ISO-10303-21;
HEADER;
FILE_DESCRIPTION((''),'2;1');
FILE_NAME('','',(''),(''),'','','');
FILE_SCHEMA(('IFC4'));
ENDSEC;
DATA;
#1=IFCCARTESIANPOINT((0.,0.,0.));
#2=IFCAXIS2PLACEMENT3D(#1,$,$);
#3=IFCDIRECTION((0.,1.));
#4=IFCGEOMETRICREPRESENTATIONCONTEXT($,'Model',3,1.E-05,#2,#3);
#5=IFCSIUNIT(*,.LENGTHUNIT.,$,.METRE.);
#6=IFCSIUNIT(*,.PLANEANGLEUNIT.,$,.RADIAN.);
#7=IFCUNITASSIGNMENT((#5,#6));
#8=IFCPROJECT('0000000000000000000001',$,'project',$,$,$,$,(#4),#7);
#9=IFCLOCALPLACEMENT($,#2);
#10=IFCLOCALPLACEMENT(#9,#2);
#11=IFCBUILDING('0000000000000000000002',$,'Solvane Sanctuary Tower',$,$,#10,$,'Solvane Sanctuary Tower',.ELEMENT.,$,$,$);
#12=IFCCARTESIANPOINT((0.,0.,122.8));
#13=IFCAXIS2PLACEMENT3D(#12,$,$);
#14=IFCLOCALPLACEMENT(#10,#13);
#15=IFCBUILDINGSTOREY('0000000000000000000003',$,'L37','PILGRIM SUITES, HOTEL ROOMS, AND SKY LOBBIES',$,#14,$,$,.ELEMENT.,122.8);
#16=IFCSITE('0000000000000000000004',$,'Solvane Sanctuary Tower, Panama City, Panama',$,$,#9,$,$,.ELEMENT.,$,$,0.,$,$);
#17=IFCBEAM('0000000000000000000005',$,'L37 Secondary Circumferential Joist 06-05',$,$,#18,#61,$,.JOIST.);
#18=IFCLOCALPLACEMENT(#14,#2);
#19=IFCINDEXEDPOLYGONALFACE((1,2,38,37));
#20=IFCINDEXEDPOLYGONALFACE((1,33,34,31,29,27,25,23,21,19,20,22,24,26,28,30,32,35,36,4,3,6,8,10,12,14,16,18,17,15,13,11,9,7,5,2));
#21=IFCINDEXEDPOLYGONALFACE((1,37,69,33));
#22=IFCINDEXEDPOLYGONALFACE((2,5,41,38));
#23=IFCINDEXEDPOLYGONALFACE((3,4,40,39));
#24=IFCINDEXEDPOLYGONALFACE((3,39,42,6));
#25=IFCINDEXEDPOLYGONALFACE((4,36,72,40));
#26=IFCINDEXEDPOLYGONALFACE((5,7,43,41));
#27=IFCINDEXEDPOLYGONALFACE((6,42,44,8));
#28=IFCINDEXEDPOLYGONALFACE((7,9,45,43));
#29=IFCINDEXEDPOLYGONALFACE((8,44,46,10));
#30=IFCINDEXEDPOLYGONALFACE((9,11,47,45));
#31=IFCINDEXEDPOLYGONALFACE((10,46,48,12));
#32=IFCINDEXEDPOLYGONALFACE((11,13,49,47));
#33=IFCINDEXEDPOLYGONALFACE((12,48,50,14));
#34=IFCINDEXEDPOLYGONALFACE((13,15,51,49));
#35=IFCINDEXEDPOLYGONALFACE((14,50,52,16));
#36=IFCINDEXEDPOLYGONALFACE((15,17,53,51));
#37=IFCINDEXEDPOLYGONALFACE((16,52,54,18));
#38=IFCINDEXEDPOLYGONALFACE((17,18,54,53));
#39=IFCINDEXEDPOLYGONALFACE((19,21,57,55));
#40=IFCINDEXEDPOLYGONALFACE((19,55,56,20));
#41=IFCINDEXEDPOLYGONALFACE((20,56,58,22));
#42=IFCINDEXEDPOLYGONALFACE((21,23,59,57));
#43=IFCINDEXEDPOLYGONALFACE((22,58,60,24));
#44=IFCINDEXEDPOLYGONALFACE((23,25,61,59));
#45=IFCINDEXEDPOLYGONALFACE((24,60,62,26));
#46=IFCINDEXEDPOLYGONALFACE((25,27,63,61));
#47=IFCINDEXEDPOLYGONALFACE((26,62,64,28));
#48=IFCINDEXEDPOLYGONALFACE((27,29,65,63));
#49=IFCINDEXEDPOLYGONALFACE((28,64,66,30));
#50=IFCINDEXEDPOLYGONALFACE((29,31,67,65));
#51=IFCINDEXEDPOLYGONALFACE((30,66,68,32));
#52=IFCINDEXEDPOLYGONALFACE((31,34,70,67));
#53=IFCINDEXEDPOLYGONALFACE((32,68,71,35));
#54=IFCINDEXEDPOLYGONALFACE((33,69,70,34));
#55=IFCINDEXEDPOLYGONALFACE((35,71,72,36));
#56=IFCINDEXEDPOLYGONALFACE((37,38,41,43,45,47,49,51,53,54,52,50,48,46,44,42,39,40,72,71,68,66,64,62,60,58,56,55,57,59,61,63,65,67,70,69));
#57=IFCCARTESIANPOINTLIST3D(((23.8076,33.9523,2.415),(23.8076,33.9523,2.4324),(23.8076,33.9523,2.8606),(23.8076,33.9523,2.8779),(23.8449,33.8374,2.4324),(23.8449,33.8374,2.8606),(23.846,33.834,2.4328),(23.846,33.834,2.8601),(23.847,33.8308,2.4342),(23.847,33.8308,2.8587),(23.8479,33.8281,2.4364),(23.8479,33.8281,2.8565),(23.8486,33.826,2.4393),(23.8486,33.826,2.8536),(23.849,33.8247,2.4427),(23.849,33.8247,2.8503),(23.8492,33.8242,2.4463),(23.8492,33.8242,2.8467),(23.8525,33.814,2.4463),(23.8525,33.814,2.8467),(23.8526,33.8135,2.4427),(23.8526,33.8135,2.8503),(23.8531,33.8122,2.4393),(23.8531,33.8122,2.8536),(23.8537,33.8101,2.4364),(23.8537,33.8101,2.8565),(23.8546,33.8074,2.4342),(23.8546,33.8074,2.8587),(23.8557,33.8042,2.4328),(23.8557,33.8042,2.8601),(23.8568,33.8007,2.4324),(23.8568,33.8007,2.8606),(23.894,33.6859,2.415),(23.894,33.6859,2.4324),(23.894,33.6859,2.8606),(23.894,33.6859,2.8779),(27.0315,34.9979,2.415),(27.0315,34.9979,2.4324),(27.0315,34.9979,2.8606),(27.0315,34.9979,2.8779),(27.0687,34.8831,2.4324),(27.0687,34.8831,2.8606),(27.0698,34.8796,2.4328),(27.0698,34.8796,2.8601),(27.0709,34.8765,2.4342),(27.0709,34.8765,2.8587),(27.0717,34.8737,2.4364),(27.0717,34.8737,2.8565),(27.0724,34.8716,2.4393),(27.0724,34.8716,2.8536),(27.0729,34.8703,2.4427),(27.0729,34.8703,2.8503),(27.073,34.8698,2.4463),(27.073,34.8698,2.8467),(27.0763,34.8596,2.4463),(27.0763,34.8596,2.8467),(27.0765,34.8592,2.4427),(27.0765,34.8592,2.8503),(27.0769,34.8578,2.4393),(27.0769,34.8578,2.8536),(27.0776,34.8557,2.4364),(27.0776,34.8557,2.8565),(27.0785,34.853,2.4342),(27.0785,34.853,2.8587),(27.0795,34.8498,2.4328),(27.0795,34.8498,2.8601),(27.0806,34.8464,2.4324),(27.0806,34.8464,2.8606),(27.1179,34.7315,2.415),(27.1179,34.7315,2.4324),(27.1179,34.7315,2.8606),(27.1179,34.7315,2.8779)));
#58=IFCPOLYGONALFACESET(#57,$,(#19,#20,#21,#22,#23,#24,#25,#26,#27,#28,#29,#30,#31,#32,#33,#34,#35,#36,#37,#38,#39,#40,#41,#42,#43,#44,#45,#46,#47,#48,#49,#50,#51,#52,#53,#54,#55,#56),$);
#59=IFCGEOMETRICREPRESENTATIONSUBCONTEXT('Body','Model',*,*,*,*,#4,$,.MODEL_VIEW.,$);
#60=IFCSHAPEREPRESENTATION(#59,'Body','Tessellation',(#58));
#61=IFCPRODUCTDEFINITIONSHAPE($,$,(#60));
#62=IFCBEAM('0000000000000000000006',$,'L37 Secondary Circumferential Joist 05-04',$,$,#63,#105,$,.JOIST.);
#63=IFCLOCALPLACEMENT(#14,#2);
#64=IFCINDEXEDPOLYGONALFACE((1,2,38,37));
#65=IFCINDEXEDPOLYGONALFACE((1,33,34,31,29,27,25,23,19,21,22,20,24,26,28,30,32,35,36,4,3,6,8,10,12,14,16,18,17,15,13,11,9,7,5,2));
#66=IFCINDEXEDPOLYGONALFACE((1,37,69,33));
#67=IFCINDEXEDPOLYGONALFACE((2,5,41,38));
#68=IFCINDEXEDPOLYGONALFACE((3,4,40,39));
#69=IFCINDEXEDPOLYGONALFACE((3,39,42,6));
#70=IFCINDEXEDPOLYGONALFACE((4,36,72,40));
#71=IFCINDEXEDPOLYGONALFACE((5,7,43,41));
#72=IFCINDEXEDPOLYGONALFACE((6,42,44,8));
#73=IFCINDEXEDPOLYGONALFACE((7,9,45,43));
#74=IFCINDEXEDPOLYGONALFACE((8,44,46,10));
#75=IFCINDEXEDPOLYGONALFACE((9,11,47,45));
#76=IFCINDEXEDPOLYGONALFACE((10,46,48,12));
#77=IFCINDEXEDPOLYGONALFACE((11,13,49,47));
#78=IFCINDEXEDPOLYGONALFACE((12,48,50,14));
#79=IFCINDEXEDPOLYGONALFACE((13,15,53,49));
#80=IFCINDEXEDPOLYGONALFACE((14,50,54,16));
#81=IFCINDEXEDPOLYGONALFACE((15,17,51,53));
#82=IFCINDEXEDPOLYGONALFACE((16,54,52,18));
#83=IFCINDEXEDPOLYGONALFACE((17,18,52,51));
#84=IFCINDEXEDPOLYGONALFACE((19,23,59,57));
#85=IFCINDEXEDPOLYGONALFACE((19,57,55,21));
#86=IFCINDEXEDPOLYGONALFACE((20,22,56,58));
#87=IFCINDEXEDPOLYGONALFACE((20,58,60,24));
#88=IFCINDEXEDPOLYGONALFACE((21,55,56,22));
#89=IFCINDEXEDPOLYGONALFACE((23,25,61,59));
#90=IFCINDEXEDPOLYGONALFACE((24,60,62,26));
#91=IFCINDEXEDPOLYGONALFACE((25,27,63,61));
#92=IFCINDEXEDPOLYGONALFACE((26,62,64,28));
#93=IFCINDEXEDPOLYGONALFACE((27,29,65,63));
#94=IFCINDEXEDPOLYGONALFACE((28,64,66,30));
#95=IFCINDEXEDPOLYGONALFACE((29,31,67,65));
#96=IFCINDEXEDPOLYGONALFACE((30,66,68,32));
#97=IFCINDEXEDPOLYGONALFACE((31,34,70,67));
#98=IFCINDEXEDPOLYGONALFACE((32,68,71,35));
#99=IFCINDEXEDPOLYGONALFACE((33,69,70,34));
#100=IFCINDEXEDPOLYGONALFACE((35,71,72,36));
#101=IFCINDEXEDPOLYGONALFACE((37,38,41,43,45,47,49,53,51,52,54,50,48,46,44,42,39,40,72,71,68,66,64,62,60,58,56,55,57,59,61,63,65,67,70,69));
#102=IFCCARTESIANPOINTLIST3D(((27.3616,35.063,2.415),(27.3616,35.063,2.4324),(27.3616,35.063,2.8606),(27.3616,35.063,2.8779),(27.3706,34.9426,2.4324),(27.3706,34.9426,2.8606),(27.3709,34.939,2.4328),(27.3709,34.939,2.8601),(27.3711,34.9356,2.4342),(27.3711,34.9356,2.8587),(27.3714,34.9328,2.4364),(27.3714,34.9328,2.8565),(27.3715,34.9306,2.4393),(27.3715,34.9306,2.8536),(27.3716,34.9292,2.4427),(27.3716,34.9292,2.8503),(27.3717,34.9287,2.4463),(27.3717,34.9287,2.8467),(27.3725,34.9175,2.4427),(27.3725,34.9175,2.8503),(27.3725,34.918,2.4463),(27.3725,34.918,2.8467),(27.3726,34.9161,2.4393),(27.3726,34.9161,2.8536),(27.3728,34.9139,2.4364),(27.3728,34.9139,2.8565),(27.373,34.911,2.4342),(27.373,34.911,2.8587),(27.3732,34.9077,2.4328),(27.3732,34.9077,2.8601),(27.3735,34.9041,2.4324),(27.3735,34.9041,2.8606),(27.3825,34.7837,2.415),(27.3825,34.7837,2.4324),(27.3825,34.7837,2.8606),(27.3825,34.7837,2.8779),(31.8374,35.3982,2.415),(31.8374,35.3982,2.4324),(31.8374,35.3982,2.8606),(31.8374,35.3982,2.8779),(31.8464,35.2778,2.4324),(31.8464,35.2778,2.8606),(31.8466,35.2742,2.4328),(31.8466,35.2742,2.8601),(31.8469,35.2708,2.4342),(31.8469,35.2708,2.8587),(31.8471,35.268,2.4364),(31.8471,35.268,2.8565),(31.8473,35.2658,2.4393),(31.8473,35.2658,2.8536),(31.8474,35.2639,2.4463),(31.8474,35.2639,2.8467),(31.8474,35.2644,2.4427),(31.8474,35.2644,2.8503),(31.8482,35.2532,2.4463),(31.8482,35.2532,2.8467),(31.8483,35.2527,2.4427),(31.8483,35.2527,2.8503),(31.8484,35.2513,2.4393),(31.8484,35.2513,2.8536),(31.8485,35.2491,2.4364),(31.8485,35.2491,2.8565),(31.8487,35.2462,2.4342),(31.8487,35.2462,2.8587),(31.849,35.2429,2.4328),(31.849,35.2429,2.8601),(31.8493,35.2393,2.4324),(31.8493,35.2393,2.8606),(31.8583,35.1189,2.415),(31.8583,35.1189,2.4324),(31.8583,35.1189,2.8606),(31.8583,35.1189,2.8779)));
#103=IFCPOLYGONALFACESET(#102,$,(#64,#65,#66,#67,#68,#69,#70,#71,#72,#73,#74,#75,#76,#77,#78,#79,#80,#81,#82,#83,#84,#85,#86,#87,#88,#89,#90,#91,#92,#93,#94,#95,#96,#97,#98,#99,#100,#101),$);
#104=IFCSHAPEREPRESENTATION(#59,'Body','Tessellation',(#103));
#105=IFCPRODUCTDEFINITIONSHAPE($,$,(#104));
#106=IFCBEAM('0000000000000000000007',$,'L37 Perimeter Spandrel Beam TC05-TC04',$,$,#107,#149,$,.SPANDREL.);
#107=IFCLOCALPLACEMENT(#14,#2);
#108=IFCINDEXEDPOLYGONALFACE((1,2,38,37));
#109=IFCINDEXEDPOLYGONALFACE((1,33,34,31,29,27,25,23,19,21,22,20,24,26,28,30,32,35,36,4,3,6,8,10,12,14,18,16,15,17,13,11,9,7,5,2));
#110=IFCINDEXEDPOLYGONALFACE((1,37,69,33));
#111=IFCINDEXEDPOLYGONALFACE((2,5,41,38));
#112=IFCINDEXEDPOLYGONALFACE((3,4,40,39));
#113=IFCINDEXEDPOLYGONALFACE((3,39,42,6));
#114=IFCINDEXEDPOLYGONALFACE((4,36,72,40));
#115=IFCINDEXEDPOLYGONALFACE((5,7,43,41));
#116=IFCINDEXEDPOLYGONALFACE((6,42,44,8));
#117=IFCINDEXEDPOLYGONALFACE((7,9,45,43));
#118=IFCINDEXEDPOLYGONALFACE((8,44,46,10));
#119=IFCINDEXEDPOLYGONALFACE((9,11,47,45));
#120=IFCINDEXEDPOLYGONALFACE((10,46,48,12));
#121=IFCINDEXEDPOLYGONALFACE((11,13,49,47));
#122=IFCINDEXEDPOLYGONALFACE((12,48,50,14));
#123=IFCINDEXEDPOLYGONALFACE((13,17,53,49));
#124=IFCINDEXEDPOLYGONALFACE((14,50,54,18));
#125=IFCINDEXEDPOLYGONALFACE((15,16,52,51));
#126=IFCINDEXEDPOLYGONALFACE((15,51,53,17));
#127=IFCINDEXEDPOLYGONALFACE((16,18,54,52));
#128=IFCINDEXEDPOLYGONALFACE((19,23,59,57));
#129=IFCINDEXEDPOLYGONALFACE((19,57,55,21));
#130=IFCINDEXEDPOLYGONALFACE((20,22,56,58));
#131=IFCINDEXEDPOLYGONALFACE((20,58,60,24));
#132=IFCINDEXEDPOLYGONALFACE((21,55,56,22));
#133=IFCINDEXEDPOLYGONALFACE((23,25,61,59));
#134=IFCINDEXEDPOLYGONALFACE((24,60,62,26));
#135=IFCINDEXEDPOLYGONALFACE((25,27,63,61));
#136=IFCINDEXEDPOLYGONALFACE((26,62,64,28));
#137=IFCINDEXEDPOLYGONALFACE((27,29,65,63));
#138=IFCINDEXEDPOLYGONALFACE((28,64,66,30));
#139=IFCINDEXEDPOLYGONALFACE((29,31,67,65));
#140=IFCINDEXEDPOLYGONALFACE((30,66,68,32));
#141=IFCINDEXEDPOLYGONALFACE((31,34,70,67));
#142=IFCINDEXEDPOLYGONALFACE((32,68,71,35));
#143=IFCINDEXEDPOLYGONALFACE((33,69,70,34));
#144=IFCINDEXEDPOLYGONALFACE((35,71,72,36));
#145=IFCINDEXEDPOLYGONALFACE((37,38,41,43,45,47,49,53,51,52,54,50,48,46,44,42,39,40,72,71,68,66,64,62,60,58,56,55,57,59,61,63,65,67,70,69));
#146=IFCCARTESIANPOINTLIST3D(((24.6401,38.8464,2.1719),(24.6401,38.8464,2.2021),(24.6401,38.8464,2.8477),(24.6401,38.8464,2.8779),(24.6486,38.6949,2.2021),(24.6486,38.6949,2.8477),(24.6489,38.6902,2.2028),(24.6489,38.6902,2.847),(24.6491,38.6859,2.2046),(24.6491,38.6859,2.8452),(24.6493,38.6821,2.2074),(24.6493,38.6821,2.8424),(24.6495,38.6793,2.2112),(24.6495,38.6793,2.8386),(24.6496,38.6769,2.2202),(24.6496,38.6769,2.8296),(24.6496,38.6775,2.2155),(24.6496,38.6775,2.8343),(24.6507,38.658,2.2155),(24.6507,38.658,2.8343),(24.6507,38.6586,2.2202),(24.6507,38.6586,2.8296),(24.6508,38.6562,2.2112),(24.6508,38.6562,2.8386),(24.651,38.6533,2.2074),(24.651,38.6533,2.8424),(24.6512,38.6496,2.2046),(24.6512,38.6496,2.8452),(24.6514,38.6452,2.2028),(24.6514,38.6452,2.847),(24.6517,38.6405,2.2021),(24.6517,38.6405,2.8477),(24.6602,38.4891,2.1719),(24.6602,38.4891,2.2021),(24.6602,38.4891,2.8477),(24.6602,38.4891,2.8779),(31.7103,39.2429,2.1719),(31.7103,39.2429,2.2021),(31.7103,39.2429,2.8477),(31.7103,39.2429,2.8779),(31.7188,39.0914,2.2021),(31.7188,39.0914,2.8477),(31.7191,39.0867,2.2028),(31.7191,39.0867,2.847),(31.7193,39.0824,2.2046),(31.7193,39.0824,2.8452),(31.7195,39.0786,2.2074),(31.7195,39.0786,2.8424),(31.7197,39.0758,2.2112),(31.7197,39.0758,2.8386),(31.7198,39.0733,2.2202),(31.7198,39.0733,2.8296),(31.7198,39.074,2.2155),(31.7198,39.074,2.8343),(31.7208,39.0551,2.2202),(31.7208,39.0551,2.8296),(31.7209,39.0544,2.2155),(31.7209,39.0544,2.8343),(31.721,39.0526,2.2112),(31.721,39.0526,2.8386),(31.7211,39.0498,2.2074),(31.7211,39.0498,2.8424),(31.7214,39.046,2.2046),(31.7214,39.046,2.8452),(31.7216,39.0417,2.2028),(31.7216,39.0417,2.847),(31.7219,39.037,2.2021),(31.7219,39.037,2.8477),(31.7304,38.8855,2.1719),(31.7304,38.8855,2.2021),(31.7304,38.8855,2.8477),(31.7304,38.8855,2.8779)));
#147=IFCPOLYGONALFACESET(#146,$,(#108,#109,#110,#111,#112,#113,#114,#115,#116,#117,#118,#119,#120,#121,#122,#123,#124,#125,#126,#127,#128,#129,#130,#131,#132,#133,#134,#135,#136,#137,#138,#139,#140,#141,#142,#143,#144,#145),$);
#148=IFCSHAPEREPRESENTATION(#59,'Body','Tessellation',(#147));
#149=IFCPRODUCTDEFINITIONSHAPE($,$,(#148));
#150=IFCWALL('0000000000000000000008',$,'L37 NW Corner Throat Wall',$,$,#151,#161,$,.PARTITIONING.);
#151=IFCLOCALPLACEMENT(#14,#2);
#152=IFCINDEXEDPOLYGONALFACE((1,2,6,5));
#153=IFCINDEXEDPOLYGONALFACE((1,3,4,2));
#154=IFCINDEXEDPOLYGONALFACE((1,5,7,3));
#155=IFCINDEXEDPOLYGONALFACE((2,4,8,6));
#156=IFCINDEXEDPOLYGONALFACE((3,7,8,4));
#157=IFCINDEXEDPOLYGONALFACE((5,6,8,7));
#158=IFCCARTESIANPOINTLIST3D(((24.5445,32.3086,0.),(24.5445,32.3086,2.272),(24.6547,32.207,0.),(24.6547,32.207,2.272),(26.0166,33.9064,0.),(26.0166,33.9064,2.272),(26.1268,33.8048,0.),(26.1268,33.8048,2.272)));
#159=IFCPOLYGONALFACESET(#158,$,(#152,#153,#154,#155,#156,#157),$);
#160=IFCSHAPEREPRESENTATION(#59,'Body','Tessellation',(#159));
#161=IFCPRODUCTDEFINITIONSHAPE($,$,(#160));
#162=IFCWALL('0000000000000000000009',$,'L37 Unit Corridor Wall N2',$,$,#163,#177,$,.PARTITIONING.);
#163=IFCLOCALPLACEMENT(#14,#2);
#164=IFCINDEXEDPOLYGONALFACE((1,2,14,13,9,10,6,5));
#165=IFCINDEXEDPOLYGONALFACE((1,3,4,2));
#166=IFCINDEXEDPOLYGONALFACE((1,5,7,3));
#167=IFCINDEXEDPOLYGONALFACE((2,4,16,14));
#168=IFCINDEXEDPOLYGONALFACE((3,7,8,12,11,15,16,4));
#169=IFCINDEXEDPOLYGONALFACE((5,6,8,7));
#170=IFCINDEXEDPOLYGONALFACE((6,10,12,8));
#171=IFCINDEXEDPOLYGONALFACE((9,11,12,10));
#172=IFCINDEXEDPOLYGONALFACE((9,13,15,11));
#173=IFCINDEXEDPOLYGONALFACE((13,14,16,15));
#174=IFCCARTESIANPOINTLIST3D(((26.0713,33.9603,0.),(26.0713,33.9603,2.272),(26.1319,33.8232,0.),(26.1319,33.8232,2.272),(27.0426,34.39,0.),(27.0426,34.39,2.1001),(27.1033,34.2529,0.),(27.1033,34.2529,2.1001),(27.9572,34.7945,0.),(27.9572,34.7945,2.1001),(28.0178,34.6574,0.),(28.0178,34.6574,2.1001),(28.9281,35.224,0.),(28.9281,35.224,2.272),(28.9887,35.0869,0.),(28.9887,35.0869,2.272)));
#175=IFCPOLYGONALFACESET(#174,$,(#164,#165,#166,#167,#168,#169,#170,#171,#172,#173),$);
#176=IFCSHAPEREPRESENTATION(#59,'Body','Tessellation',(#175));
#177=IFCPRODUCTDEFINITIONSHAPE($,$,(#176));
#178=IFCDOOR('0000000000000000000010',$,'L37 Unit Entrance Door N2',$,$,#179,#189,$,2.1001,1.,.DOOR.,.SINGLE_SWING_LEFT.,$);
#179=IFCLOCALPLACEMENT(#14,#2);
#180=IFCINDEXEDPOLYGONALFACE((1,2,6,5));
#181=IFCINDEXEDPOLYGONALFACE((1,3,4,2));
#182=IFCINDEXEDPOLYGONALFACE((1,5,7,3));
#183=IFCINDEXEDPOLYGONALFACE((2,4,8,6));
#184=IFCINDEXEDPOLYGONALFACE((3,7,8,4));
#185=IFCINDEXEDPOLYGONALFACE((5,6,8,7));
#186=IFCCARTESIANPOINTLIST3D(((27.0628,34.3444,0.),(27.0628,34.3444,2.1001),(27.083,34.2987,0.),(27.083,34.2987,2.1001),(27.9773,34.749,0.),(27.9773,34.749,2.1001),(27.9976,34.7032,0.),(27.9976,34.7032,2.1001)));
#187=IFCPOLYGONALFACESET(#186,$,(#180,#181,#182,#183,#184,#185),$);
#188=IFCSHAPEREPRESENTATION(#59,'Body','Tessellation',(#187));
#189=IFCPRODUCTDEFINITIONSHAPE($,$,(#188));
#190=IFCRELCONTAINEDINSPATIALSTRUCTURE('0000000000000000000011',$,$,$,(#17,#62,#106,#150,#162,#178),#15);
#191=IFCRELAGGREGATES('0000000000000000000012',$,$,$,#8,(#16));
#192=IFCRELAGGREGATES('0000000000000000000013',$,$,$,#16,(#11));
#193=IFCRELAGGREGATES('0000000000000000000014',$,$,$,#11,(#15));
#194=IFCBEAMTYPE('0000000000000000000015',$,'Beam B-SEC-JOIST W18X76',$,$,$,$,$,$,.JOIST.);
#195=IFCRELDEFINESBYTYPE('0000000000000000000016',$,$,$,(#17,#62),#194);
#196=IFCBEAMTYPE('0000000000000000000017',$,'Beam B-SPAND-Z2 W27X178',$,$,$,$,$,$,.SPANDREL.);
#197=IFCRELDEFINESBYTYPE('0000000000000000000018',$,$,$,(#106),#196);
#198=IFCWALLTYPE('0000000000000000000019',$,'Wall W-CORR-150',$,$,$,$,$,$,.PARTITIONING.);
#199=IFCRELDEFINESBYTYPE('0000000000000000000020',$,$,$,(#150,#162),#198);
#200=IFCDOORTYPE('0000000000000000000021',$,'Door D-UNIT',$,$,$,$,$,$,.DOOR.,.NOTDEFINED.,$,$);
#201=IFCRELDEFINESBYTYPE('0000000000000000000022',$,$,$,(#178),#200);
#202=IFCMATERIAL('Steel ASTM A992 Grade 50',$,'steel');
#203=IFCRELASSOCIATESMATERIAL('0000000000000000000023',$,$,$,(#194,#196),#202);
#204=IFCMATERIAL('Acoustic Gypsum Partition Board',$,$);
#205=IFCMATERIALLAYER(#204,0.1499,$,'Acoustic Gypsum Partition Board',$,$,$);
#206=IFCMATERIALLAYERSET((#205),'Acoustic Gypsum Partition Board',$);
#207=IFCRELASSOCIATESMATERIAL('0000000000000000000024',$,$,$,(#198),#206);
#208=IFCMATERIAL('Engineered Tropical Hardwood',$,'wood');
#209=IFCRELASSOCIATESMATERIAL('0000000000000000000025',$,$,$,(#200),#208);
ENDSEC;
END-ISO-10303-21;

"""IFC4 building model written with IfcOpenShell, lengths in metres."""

from ifc_helpers import new_model, si_unit, direction, frame, frame_2d, origin, origin_2d, place, context, subcontext, project, spatial, rectangle, i_section, extrude, material, layer, layer_set, material_profile, profile_set, type_object, element, fill, save


model = new_model("IFC4")

# Units and contexts
model_context = context("Model", 3, precision=1e-05, world=origin(), true_north=direction((0.0, 1.0)))
body_context = subcontext(model_context, "Body", "Model", "MODEL_VIEW")
ifc_project = project(units=[si_unit("LENGTHUNIT", "METRE"), si_unit("PLANEANGLEUNIT", "RADIAN")], contexts=[model_context])

# Site, building, storey
site_placement = place(None, origin())
site = spatial("IfcSite", under=ifc_project, at=site_placement, Name="Solvane Sanctuary Tower, Panama City, Panama", CompositionType="ELEMENT", RefElevation=0.0)
building_placement = place(site_placement, origin())
building = spatial("IfcBuilding", under=site, at=building_placement, Name="Solvane Sanctuary Tower", LongName="Solvane Sanctuary Tower", CompositionType="ELEMENT")
storey_placement = place(building_placement, frame((0.0, 0.0, 122.8)))
storey = spatial("IfcBuildingStorey", under=building, at=storey_placement, Name="L37", Description="PILGRIM SUITES, HOTEL ROOMS, AND SKY LOBBIES", CompositionType="ELEMENT", Elevation=122.8)

# Beams
ifc_material_1 = material(Name="Steel ASTM A992 Grade 50", Category="steel")
ifc_material_profile_1 = material_profile(ifc_material_1, i_section(OverallWidth=0.28, OverallDepth=0.4629, WebThickness=0.0107, FlangeThickness=0.0173, FilletRadius=0.0139, at=origin_2d()), Name="W18X76")
ifc_profile_set_1 = profile_set([ifc_material_profile_1], Name="Steel ASTM A992 Grade 50")
beam_type_1 = type_object("IfcBeamType", Name="Beam B-SEC-JOIST W18X76", PredefinedType="JOIST", material=ifc_profile_set_1)
beam_1_placement = place(storey_placement, frame((23.8508, 33.8191, 2.6465), z_axis=(0.951217, 0.308524, 0.0), x_axis=(-0.308524, 0.951217, 0.0)))
element("IfcBeam", 1, at=beam_1_placement, inside=storey, type_object=beam_type_1, Name="L37 Secondary Circumferential Joist 06-05", PredefinedType="JOIST", context=body_context, shape_type="SweptSolid", body=[
    extrude(i_section(OverallWidth=0.28, OverallDepth=0.4629, WebThickness=0.0107, FlangeThickness=0.0173, FilletRadius=0.0139, at=origin_2d()), origin(), (0.0, 0.0, 1.0), 3.3892),
])
beam_2_placement = place(storey_placement, frame((27.3721, 34.9233, 2.6465), z_axis=(0.997207, 0.074683, 0.0), x_axis=(-0.074683, 0.997207, 0.0)))
element("IfcBeam", 2, at=beam_2_placement, inside=storey, type_object=beam_type_1, Name="L37 Secondary Circumferential Joist 05-04", PredefinedType="JOIST", context=body_context, shape_type="SweptSolid", body=[
    extrude(i_section(OverallWidth=0.28, OverallDepth=0.4629, WebThickness=0.0107, FlangeThickness=0.0173, FilletRadius=0.0139, at=origin_2d()), origin(), (0.0, 0.0, 1.0), 4.4883),
])
ifc_material_profile_2 = material_profile(ifc_material_1, i_section(OverallWidth=0.3579, OverallDepth=0.7061, WebThickness=0.0183, FlangeThickness=0.0303, FilletRadius=0.0181, at=origin_2d()), Name="W27X178")
ifc_profile_set_2 = profile_set([ifc_material_profile_2], Name="Steel ASTM A992 Grade 50")
beam_type_2 = type_object("IfcBeamType", Name="Beam B-SPAND-Z2 W27X178", PredefinedType="SPANDREL", material=ifc_profile_set_2)
beam_3_placement = place(storey_placement, frame((24.6501, 38.6677, 2.5249), z_axis=(0.998431, 0.055989, 0.0), x_axis=(-0.055989, 0.998431, 0.0)))
element("IfcBeam", 3, at=beam_3_placement, inside=storey, type_object=beam_type_2, Name="L37 Perimeter Spandrel Beam TC05-TC04", PredefinedType="SPANDREL", context=body_context, shape_type="SweptSolid", body=[
    extrude(i_section(OverallWidth=0.3579, OverallDepth=0.7061, WebThickness=0.0183, FlangeThickness=0.0303, FilletRadius=0.0181, at=origin_2d()), origin(), (0.0, 0.0, 1.0), 7.0813),
])

# Wall
ifc_material_2 = material(Name="Acoustic Gypsum Partition Board")
ifc_layer_1 = layer(ifc_material_2, 0.1499, Name="Acoustic Gypsum Partition Board")
ifc_layer_set_1 = layer_set([ifc_layer_1], Name="Acoustic Gypsum Partition Board")
wall_type_1 = type_object("IfcWallType", Name="Wall W-CORR-150", PredefinedType="PARTITIONING", material=ifc_layer_set_1)
wall_1_placement = place(storey_placement, frame((26.0718, 33.8557, 0.0), z_axis=(0.0, 0.0, 1.0), x_axis=(-0.67758, -0.735449, 0.0)))
element("IfcWall", 4, at=wall_1_placement, inside=storey, type_object=wall_type_1, Name="L37 NW Corner Throat Wall", PredefinedType="PARTITIONING", context=body_context, shape_type="SweptSolid", body=[
    extrude(rectangle(XDim=2.1726, YDim=0.1499, at=frame_2d((1.0864, 0.0))), origin(), (0.0, 0.0, 1.0), 2.272),
])

# Wall, opening, door
wall_2_placement = place(storey_placement, frame((28.9585, 35.1555, 0.0), z_axis=(0.0, 0.0, 1.0), x_axis=(-0.914519, -0.404542, 0.0)))
wall_2 = element("IfcWall", 5, at=wall_2_placement, inside=storey, type_object=wall_type_1, Name="L37 Unit Corridor Wall N2", PredefinedType="PARTITIONING", context=body_context, shape_type="SweptSolid", body=[
    extrude(rectangle(XDim=3.1238, YDim=0.1499, at=frame_2d((1.562, 0.0))), origin(), (0.0, 0.0, 1.0), 2.272),
])
opening_1_placement = place(wall_2_placement, frame((1.0618, 0.0, 0.0)))
opening_1 = element("IfcOpeningElement", 6, at=opening_1_placement, cuts=wall_2, PredefinedType="OPENING", context=body_context, shape_type="SweptSolid", body=[
    extrude(rectangle(XDim=1.0, YDim=2.1001, at=frame_2d((0.5, 1.05))), frame((0.0, 0.085, 0.0), z_axis=(0.0, -1.0, 0.0), x_axis=(1.0, 0.0, 0.0)), (0.0, 0.0, 1.0), 0.1699),
])
ifc_material_3 = material(Name="Engineered Tropical Hardwood", Category="wood")
door_type = type_object("IfcDoorType", Name="Door D-UNIT", OperationType="NOTDEFINED", PredefinedType="DOOR", material=ifc_material_3)
door_placement = place(opening_1_placement, origin())
door = element("IfcDoor", 7, at=door_placement, inside=storey, type_object=door_type, Name="L37 Unit Entrance Door N2", OperationType="SINGLE_SWING_LEFT", OverallHeight=2.1001, OverallWidth=1.0, PredefinedType="DOOR", context=body_context, shape_type="SweptSolid", body=[
    extrude(rectangle(XDim=1.0, YDim=2.1001, at=frame_2d((0.5, 1.05))), frame((0.0, 0.0249, 0.0), z_axis=(0.0, -1.0, 0.0), x_axis=(1.0, 0.0, 0.0)), (0.0, 0.0, 1.0), 0.05),
])
fill(opening_1, door)

save(model, "model.ifc")
